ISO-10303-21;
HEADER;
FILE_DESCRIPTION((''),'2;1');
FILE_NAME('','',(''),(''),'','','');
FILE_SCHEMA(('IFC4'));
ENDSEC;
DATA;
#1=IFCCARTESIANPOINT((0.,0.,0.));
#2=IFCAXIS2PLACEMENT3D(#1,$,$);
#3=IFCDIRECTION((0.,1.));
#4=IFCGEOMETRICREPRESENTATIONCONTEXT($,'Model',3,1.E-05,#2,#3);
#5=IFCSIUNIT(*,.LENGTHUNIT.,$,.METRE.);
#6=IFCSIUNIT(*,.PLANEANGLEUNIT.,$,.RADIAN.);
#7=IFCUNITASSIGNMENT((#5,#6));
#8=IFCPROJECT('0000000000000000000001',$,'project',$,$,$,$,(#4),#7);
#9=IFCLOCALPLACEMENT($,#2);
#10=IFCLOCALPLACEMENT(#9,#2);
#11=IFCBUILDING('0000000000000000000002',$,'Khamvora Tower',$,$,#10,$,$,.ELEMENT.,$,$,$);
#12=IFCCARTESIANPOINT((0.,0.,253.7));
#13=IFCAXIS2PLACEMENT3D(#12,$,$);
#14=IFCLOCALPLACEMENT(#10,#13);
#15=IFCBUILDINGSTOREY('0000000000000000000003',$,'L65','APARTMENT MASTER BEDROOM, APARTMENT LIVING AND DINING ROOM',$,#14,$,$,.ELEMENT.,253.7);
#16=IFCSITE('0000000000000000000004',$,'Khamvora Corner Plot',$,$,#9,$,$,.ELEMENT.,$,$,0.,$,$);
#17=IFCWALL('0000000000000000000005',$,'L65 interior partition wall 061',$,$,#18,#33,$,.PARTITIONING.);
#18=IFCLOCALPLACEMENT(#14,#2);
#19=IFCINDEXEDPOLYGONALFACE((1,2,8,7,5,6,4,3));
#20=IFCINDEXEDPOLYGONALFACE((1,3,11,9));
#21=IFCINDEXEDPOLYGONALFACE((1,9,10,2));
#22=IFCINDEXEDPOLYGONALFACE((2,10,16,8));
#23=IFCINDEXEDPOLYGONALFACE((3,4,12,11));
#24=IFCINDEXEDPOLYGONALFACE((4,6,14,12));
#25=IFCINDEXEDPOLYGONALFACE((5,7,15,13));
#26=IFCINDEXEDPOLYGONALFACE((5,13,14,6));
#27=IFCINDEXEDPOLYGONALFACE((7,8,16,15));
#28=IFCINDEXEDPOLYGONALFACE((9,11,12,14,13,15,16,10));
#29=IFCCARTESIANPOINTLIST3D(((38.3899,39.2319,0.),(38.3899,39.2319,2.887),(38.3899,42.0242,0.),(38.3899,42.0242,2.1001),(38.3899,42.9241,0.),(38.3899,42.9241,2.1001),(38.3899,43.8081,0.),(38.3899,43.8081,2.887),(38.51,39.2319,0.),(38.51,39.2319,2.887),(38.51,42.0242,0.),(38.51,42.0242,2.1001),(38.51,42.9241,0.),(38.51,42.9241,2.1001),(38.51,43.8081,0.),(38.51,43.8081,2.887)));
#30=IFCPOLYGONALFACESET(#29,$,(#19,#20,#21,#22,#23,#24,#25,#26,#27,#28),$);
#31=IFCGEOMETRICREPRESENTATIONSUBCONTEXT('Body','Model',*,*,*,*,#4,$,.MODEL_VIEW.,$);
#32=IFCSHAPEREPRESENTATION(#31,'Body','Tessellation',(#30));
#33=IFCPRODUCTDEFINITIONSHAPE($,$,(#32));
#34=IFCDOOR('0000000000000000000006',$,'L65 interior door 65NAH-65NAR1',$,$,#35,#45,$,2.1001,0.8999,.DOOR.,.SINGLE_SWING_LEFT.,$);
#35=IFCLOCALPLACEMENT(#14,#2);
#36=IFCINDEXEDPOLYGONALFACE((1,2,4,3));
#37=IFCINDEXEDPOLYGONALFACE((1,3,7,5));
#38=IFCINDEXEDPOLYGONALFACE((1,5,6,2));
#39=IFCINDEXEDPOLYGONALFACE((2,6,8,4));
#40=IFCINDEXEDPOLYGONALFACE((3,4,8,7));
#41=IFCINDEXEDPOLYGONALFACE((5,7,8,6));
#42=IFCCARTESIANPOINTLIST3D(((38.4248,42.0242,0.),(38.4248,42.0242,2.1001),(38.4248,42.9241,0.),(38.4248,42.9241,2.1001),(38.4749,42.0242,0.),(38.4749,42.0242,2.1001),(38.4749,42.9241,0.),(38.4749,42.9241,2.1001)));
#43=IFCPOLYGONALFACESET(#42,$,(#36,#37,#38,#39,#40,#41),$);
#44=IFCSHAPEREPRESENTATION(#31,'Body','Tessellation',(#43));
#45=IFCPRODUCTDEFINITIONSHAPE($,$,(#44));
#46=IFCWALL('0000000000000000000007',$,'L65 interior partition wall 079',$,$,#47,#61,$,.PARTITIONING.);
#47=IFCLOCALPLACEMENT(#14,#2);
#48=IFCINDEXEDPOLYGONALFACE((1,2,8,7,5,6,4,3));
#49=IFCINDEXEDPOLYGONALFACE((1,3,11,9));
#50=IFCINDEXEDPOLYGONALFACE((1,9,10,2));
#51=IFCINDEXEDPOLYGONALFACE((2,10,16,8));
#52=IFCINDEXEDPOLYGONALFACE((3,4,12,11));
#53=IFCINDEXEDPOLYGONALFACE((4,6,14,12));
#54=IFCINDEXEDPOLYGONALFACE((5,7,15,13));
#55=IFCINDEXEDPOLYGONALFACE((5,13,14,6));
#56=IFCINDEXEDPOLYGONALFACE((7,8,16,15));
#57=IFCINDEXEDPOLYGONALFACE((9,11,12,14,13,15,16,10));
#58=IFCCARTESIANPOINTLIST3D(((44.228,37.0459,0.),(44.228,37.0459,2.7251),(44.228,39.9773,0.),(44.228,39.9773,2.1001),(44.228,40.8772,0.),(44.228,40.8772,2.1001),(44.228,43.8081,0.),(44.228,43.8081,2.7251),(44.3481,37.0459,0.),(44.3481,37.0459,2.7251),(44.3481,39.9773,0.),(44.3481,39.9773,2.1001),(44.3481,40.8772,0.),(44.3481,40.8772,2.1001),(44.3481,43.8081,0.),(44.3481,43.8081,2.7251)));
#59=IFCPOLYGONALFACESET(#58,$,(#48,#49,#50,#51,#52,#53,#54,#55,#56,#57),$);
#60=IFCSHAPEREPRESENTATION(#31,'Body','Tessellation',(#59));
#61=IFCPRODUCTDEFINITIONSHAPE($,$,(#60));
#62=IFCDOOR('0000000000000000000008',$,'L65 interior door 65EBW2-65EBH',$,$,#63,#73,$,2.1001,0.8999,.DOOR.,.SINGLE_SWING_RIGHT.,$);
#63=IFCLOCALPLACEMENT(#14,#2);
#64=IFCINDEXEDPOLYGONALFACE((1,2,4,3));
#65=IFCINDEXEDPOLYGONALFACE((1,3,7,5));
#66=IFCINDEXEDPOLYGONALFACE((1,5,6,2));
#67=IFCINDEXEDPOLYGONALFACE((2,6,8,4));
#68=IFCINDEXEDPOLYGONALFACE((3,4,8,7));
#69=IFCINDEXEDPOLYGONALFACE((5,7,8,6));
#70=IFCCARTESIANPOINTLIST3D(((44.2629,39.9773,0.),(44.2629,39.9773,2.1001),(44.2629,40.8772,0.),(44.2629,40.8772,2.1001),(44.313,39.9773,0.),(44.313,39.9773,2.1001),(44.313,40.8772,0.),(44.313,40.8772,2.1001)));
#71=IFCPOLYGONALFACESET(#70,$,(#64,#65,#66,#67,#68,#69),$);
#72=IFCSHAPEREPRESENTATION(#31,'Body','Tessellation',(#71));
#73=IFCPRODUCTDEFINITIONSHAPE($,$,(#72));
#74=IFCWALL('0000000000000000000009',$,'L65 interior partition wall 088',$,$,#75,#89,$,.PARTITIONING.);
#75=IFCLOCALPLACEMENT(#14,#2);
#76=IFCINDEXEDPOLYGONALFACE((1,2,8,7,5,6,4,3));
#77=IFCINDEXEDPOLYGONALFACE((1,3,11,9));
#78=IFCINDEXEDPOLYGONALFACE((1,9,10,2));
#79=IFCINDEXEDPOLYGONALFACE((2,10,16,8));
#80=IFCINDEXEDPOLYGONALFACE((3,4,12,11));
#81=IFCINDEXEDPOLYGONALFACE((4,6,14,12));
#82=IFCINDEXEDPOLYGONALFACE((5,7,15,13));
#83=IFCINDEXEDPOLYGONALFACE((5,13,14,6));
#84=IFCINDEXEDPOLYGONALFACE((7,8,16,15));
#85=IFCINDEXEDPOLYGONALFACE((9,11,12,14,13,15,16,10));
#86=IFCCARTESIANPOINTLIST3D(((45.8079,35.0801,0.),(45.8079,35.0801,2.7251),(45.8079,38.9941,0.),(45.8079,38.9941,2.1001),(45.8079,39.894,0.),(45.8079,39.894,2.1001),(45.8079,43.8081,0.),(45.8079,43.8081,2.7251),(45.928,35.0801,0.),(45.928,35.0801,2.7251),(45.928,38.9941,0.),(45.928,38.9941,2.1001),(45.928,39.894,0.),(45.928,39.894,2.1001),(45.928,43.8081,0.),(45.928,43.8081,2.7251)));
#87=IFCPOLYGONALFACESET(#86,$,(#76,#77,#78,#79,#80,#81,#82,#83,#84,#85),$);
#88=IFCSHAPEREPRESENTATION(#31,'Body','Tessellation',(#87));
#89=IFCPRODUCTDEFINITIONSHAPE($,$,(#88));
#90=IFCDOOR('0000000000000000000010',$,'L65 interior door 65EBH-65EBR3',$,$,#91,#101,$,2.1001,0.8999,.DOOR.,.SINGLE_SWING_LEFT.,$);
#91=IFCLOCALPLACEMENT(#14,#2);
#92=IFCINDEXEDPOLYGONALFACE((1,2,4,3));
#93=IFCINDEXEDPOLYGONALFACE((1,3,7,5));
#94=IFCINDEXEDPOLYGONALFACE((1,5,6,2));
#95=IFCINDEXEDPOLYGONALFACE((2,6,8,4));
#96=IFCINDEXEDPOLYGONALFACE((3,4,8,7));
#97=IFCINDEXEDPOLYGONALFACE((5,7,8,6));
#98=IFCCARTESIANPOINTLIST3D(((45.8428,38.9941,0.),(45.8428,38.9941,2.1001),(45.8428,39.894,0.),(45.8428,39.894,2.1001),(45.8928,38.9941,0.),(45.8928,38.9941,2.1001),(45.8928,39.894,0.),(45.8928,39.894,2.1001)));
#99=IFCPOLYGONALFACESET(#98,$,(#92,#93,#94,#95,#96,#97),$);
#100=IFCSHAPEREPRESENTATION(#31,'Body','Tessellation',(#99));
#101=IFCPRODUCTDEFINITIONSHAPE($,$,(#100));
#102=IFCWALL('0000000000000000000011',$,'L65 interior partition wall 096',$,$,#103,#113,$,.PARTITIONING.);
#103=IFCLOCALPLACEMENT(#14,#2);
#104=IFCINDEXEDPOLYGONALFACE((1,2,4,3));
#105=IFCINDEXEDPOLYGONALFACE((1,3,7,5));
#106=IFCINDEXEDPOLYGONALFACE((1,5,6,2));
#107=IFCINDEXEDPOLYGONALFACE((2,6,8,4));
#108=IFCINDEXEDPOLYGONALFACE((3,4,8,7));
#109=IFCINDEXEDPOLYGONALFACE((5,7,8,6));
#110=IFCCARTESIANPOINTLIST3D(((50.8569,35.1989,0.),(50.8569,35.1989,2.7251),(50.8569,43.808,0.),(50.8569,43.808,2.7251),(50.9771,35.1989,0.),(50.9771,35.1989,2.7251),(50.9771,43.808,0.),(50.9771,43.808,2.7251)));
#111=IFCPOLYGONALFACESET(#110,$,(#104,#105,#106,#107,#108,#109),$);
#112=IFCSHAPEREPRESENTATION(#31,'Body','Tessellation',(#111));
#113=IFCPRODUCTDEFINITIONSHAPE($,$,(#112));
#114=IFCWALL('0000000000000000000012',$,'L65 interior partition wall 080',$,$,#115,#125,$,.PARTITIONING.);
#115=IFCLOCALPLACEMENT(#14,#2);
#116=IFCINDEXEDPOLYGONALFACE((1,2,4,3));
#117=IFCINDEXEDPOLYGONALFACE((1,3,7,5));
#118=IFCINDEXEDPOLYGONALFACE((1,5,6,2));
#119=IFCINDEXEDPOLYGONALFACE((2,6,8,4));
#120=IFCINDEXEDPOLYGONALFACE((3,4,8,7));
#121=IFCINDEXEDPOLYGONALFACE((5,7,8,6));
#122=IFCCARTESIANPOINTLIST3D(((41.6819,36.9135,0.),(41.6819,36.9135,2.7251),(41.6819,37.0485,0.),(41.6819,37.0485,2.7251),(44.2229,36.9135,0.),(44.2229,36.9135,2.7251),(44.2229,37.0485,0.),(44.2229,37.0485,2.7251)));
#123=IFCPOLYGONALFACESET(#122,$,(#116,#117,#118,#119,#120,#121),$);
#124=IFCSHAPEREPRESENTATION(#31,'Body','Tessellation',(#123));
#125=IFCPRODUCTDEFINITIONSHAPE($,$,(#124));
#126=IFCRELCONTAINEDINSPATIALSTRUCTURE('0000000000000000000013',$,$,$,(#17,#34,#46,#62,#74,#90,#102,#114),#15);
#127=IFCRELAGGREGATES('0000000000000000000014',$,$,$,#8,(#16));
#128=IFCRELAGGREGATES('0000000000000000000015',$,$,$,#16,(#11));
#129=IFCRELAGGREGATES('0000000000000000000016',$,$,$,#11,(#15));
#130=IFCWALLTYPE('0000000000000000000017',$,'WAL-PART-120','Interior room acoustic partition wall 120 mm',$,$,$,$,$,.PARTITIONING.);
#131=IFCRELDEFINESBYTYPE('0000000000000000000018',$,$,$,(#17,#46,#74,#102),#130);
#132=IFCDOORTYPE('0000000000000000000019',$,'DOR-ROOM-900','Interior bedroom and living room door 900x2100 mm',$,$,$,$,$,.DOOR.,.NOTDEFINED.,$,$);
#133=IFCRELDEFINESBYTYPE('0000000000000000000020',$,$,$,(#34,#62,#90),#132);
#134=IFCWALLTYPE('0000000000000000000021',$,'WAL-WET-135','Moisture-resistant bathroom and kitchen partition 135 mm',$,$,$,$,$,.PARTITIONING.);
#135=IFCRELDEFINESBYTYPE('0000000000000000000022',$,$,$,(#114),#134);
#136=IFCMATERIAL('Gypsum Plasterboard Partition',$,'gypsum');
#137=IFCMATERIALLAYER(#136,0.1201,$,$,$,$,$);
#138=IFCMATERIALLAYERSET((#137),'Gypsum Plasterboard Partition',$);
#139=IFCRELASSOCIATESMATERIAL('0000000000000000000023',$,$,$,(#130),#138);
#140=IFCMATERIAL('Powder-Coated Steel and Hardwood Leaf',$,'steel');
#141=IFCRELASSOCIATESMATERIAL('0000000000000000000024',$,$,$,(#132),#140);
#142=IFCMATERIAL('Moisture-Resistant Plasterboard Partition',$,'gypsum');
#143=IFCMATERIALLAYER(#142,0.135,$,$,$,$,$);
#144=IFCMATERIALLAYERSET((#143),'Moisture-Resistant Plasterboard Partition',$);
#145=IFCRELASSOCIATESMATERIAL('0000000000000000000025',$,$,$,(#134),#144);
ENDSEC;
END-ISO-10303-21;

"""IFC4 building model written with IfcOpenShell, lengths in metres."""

from ifc_helpers import new_model, si_unit, direction, frame, frame_2d, origin, place, context, subcontext, project, spatial, rectangle, extrude, material, layer, layer_set, type_object, element, fill, save


model = new_model("IFC4")

# Units and contexts
model_context = context("Model", 3, precision=1e-05, world=origin(), true_north=direction((0.0, 1.0)))
body_context = subcontext(model_context, "Body", "Model", "MODEL_VIEW")
ifc_project = project(units=[si_unit("LENGTHUNIT", "METRE"), si_unit("PLANEANGLEUNIT", "RADIAN")], contexts=[model_context])

# Site, building, storey
site_placement = place(None, origin())
site = spatial("IfcSite", under=ifc_project, at=site_placement, Name="Khamvora Corner Plot", CompositionType="ELEMENT", RefElevation=0.0)
building_placement = place(site_placement, origin())
building = spatial("IfcBuilding", under=site, at=building_placement, Name="Khamvora Tower", CompositionType="ELEMENT")
storey_placement = place(building_placement, frame((0.0, 0.0, 253.7)))
storey = spatial("IfcBuildingStorey", under=building, at=storey_placement, Name="L65", Description="APARTMENT MASTER BEDROOM, APARTMENT LIVING AND DINING ROOM", CompositionType="ELEMENT", Elevation=253.7)

# Walls, openings, doors
ifc_material_1 = material(Name="Gypsum Plasterboard Partition", Category="gypsum")
ifc_layer_1 = layer(ifc_material_1, 0.1201)
ifc_layer_set_1 = layer_set([ifc_layer_1], Name="Gypsum Plasterboard Partition")
wall_type_1 = type_object("IfcWallType", Name="WAL-PART-120", Description="Interior room acoustic partition wall 120 mm", PredefinedType="PARTITIONING", material=ifc_layer_set_1)
wall_1_placement = place(storey_placement, frame((38.45, 43.8081, 0.0), z_axis=(0.0, 0.0, 1.0), x_axis=(0.0, -1.0, 0.0)))
wall_1 = element("IfcWall", 1, at=wall_1_placement, inside=storey, type_object=wall_type_1, Name="L65 interior partition wall 061", PredefinedType="PARTITIONING", context=body_context, shape_type="SweptSolid", body=[
    extrude(rectangle(XDim=4.5762, YDim=0.1201, at=frame_2d((2.2881, 0.0))), origin(), (0.0, 0.0, 1.0), 2.887),
])
opening_1_placement = place(wall_1_placement, frame((0.884, 0.0, 0.0)))
opening_1 = element("IfcOpeningElement", 2, at=opening_1_placement, cuts=wall_1, PredefinedType="OPENING", context=body_context, shape_type="SweptSolid", body=[
    extrude(rectangle(XDim=0.8999, YDim=2.1001, at=frame_2d((0.45, 1.05))), frame((0.0, 0.0701, 0.0), z_axis=(0.0, -1.0, 0.0), x_axis=(1.0, 0.0, 0.0)), (0.0, 0.0, 1.0), 0.1401),
])
ifc_material_2 = material(Name="Powder-Coated Steel and Hardwood Leaf", Category="steel")
door_type = type_object("IfcDoorType", Name="DOR-ROOM-900", Description="Interior bedroom and living room door 900x2100 mm", OperationType="NOTDEFINED", PredefinedType="DOOR", material=ifc_material_2)
door_1_placement = place(opening_1_placement, origin())
door_1 = element("IfcDoor", 3, at=door_1_placement, inside=storey, type_object=door_type, Name="L65 interior door 65NAH-65NAR1", OperationType="SINGLE_SWING_LEFT", OverallHeight=2.1001, OverallWidth=0.8999, PredefinedType="DOOR", context=body_context, shape_type="SweptSolid", body=[
    extrude(rectangle(XDim=0.8999, YDim=2.1001, at=frame_2d((0.45, 1.05))), frame((0.0, 0.0249, 0.0), z_axis=(0.0, -1.0, 0.0), x_axis=(1.0, 0.0, 0.0)), (0.0, 0.0, 1.0), 0.05),
])
fill(opening_1, door_1)
wall_2_placement = place(storey_placement, frame((44.2881, 43.8081, 0.0), z_axis=(0.0, 0.0, 1.0), x_axis=(0.0, -1.0, 0.0)))
wall_2 = element("IfcWall", 4, at=wall_2_placement, inside=storey, type_object=wall_type_1, Name="L65 interior partition wall 079", PredefinedType="PARTITIONING", context=body_context, shape_type="SweptSolid", body=[
    extrude(rectangle(XDim=6.7622, YDim=0.1201, at=frame_2d((3.3811, 0.0))), origin(), (0.0, 0.0, 1.0), 2.7251),
])
opening_2_placement = place(wall_2_placement, frame((2.9309, 0.0, 0.0)))
opening_2 = element("IfcOpeningElement", 5, at=opening_2_placement, cuts=wall_2, PredefinedType="OPENING", context=body_context, shape_type="SweptSolid", body=[
    extrude(rectangle(XDim=0.8999, YDim=2.1001, at=frame_2d((0.45, 1.05))), frame((0.0, 0.0701, 0.0), z_axis=(0.0, -1.0, 0.0), x_axis=(1.0, 0.0, 0.0)), (0.0, 0.0, 1.0), 0.1401),
])
door_2_placement = place(opening_2_placement, origin())
door_2 = element("IfcDoor", 6, at=door_2_placement, inside=storey, type_object=door_type, Name="L65 interior door 65EBW2-65EBH", OperationType="SINGLE_SWING_RIGHT", OverallHeight=2.1001, OverallWidth=0.8999, PredefinedType="DOOR", context=body_context, shape_type="SweptSolid", body=[
    extrude(rectangle(XDim=0.8999, YDim=2.1001, at=frame_2d((0.45, 1.05))), frame((0.0, 0.0249, 0.0), z_axis=(0.0, -1.0, 0.0), x_axis=(1.0, 0.0, 0.0)), (0.0, 0.0, 1.0), 0.05),
])
fill(opening_2, door_2)
wall_3_placement = place(storey_placement, frame((45.8679, 43.8081, 0.0), z_axis=(0.0, 0.0, 1.0), x_axis=(0.0, -1.0, 0.0)))
wall_3 = element("IfcWall", 7, at=wall_3_placement, inside=storey, type_object=wall_type_1, Name="L65 interior partition wall 088", PredefinedType="PARTITIONING", context=body_context, shape_type="SweptSolid", body=[
    extrude(rectangle(XDim=8.728, YDim=0.1201, at=frame_2d((4.364, 0.0))), origin(), (0.0, 0.0, 1.0), 2.7251),
])
opening_3_placement = place(wall_3_placement, frame((3.9141, 0.0, 0.0)))
opening_3 = element("IfcOpeningElement", 8, at=opening_3_placement, cuts=wall_3, PredefinedType="OPENING", context=body_context, shape_type="SweptSolid", body=[
    extrude(rectangle(XDim=0.8999, YDim=2.1001, at=frame_2d((0.45, 1.05))), frame((0.0, 0.0701, 0.0), z_axis=(0.0, -1.0, 0.0), x_axis=(1.0, 0.0, 0.0)), (0.0, 0.0, 1.0), 0.1401),
])
door_3_placement = place(opening_3_placement, origin())
door_3 = element("IfcDoor", 9, at=door_3_placement, inside=storey, type_object=door_type, Name="L65 interior door 65EBH-65EBR3", OperationType="SINGLE_SWING_LEFT", OverallHeight=2.1001, OverallWidth=0.8999, PredefinedType="DOOR", context=body_context, shape_type="SweptSolid", body=[
    extrude(rectangle(XDim=0.8999, YDim=2.1001, at=frame_2d((0.45, 1.05))), frame((0.0, 0.0249, 0.0), z_axis=(0.0, -1.0, 0.0), x_axis=(1.0, 0.0, 0.0)), (0.0, 0.0, 1.0), 0.05),
])
fill(opening_3, door_3)

# Walls
wall_4_placement = place(storey_placement, frame((50.917, 43.8081, 0.0), z_axis=(0.0, 0.0, 1.0), x_axis=(0.0, -1.0, 0.0)))
element("IfcWall", 10, at=wall_4_placement, inside=storey, type_object=wall_type_1, Name="L65 interior partition wall 096", PredefinedType="PARTITIONING", context=body_context, shape_type="SweptSolid", body=[
    extrude(rectangle(XDim=8.6091, YDim=0.1201, at=frame_2d((4.3047, 0.0))), origin(), (0.0, 0.0, 1.0), 2.7251),
])
ifc_material_3 = material(Name="Moisture-Resistant Plasterboard Partition", Category="gypsum")
ifc_layer_2 = layer(ifc_material_3, 0.135)
ifc_layer_set_2 = layer_set([ifc_layer_2], Name="Moisture-Resistant Plasterboard Partition")
wall_type_2 = type_object("IfcWallType", Name="WAL-WET-135", Description="Moisture-resistant bathroom and kitchen partition 135 mm", PredefinedType="PARTITIONING", material=ifc_layer_set_2)
wall_5_placement = place(storey_placement, frame((44.2229, 36.981, 0.0), z_axis=(0.0, 0.0, 1.0), x_axis=(-1.0, 0.0, 0.0)))
element("IfcWall", 11, at=wall_5_placement, inside=storey, type_object=wall_type_2, Name="L65 interior partition wall 080", PredefinedType="PARTITIONING", context=body_context, shape_type="SweptSolid", body=[
    extrude(rectangle(XDim=2.541, YDim=0.135, at=frame_2d((1.2705, 0.0))), origin(), (0.0, 0.0, 1.0), 2.7251),
])

save(model, "model.ifc")
